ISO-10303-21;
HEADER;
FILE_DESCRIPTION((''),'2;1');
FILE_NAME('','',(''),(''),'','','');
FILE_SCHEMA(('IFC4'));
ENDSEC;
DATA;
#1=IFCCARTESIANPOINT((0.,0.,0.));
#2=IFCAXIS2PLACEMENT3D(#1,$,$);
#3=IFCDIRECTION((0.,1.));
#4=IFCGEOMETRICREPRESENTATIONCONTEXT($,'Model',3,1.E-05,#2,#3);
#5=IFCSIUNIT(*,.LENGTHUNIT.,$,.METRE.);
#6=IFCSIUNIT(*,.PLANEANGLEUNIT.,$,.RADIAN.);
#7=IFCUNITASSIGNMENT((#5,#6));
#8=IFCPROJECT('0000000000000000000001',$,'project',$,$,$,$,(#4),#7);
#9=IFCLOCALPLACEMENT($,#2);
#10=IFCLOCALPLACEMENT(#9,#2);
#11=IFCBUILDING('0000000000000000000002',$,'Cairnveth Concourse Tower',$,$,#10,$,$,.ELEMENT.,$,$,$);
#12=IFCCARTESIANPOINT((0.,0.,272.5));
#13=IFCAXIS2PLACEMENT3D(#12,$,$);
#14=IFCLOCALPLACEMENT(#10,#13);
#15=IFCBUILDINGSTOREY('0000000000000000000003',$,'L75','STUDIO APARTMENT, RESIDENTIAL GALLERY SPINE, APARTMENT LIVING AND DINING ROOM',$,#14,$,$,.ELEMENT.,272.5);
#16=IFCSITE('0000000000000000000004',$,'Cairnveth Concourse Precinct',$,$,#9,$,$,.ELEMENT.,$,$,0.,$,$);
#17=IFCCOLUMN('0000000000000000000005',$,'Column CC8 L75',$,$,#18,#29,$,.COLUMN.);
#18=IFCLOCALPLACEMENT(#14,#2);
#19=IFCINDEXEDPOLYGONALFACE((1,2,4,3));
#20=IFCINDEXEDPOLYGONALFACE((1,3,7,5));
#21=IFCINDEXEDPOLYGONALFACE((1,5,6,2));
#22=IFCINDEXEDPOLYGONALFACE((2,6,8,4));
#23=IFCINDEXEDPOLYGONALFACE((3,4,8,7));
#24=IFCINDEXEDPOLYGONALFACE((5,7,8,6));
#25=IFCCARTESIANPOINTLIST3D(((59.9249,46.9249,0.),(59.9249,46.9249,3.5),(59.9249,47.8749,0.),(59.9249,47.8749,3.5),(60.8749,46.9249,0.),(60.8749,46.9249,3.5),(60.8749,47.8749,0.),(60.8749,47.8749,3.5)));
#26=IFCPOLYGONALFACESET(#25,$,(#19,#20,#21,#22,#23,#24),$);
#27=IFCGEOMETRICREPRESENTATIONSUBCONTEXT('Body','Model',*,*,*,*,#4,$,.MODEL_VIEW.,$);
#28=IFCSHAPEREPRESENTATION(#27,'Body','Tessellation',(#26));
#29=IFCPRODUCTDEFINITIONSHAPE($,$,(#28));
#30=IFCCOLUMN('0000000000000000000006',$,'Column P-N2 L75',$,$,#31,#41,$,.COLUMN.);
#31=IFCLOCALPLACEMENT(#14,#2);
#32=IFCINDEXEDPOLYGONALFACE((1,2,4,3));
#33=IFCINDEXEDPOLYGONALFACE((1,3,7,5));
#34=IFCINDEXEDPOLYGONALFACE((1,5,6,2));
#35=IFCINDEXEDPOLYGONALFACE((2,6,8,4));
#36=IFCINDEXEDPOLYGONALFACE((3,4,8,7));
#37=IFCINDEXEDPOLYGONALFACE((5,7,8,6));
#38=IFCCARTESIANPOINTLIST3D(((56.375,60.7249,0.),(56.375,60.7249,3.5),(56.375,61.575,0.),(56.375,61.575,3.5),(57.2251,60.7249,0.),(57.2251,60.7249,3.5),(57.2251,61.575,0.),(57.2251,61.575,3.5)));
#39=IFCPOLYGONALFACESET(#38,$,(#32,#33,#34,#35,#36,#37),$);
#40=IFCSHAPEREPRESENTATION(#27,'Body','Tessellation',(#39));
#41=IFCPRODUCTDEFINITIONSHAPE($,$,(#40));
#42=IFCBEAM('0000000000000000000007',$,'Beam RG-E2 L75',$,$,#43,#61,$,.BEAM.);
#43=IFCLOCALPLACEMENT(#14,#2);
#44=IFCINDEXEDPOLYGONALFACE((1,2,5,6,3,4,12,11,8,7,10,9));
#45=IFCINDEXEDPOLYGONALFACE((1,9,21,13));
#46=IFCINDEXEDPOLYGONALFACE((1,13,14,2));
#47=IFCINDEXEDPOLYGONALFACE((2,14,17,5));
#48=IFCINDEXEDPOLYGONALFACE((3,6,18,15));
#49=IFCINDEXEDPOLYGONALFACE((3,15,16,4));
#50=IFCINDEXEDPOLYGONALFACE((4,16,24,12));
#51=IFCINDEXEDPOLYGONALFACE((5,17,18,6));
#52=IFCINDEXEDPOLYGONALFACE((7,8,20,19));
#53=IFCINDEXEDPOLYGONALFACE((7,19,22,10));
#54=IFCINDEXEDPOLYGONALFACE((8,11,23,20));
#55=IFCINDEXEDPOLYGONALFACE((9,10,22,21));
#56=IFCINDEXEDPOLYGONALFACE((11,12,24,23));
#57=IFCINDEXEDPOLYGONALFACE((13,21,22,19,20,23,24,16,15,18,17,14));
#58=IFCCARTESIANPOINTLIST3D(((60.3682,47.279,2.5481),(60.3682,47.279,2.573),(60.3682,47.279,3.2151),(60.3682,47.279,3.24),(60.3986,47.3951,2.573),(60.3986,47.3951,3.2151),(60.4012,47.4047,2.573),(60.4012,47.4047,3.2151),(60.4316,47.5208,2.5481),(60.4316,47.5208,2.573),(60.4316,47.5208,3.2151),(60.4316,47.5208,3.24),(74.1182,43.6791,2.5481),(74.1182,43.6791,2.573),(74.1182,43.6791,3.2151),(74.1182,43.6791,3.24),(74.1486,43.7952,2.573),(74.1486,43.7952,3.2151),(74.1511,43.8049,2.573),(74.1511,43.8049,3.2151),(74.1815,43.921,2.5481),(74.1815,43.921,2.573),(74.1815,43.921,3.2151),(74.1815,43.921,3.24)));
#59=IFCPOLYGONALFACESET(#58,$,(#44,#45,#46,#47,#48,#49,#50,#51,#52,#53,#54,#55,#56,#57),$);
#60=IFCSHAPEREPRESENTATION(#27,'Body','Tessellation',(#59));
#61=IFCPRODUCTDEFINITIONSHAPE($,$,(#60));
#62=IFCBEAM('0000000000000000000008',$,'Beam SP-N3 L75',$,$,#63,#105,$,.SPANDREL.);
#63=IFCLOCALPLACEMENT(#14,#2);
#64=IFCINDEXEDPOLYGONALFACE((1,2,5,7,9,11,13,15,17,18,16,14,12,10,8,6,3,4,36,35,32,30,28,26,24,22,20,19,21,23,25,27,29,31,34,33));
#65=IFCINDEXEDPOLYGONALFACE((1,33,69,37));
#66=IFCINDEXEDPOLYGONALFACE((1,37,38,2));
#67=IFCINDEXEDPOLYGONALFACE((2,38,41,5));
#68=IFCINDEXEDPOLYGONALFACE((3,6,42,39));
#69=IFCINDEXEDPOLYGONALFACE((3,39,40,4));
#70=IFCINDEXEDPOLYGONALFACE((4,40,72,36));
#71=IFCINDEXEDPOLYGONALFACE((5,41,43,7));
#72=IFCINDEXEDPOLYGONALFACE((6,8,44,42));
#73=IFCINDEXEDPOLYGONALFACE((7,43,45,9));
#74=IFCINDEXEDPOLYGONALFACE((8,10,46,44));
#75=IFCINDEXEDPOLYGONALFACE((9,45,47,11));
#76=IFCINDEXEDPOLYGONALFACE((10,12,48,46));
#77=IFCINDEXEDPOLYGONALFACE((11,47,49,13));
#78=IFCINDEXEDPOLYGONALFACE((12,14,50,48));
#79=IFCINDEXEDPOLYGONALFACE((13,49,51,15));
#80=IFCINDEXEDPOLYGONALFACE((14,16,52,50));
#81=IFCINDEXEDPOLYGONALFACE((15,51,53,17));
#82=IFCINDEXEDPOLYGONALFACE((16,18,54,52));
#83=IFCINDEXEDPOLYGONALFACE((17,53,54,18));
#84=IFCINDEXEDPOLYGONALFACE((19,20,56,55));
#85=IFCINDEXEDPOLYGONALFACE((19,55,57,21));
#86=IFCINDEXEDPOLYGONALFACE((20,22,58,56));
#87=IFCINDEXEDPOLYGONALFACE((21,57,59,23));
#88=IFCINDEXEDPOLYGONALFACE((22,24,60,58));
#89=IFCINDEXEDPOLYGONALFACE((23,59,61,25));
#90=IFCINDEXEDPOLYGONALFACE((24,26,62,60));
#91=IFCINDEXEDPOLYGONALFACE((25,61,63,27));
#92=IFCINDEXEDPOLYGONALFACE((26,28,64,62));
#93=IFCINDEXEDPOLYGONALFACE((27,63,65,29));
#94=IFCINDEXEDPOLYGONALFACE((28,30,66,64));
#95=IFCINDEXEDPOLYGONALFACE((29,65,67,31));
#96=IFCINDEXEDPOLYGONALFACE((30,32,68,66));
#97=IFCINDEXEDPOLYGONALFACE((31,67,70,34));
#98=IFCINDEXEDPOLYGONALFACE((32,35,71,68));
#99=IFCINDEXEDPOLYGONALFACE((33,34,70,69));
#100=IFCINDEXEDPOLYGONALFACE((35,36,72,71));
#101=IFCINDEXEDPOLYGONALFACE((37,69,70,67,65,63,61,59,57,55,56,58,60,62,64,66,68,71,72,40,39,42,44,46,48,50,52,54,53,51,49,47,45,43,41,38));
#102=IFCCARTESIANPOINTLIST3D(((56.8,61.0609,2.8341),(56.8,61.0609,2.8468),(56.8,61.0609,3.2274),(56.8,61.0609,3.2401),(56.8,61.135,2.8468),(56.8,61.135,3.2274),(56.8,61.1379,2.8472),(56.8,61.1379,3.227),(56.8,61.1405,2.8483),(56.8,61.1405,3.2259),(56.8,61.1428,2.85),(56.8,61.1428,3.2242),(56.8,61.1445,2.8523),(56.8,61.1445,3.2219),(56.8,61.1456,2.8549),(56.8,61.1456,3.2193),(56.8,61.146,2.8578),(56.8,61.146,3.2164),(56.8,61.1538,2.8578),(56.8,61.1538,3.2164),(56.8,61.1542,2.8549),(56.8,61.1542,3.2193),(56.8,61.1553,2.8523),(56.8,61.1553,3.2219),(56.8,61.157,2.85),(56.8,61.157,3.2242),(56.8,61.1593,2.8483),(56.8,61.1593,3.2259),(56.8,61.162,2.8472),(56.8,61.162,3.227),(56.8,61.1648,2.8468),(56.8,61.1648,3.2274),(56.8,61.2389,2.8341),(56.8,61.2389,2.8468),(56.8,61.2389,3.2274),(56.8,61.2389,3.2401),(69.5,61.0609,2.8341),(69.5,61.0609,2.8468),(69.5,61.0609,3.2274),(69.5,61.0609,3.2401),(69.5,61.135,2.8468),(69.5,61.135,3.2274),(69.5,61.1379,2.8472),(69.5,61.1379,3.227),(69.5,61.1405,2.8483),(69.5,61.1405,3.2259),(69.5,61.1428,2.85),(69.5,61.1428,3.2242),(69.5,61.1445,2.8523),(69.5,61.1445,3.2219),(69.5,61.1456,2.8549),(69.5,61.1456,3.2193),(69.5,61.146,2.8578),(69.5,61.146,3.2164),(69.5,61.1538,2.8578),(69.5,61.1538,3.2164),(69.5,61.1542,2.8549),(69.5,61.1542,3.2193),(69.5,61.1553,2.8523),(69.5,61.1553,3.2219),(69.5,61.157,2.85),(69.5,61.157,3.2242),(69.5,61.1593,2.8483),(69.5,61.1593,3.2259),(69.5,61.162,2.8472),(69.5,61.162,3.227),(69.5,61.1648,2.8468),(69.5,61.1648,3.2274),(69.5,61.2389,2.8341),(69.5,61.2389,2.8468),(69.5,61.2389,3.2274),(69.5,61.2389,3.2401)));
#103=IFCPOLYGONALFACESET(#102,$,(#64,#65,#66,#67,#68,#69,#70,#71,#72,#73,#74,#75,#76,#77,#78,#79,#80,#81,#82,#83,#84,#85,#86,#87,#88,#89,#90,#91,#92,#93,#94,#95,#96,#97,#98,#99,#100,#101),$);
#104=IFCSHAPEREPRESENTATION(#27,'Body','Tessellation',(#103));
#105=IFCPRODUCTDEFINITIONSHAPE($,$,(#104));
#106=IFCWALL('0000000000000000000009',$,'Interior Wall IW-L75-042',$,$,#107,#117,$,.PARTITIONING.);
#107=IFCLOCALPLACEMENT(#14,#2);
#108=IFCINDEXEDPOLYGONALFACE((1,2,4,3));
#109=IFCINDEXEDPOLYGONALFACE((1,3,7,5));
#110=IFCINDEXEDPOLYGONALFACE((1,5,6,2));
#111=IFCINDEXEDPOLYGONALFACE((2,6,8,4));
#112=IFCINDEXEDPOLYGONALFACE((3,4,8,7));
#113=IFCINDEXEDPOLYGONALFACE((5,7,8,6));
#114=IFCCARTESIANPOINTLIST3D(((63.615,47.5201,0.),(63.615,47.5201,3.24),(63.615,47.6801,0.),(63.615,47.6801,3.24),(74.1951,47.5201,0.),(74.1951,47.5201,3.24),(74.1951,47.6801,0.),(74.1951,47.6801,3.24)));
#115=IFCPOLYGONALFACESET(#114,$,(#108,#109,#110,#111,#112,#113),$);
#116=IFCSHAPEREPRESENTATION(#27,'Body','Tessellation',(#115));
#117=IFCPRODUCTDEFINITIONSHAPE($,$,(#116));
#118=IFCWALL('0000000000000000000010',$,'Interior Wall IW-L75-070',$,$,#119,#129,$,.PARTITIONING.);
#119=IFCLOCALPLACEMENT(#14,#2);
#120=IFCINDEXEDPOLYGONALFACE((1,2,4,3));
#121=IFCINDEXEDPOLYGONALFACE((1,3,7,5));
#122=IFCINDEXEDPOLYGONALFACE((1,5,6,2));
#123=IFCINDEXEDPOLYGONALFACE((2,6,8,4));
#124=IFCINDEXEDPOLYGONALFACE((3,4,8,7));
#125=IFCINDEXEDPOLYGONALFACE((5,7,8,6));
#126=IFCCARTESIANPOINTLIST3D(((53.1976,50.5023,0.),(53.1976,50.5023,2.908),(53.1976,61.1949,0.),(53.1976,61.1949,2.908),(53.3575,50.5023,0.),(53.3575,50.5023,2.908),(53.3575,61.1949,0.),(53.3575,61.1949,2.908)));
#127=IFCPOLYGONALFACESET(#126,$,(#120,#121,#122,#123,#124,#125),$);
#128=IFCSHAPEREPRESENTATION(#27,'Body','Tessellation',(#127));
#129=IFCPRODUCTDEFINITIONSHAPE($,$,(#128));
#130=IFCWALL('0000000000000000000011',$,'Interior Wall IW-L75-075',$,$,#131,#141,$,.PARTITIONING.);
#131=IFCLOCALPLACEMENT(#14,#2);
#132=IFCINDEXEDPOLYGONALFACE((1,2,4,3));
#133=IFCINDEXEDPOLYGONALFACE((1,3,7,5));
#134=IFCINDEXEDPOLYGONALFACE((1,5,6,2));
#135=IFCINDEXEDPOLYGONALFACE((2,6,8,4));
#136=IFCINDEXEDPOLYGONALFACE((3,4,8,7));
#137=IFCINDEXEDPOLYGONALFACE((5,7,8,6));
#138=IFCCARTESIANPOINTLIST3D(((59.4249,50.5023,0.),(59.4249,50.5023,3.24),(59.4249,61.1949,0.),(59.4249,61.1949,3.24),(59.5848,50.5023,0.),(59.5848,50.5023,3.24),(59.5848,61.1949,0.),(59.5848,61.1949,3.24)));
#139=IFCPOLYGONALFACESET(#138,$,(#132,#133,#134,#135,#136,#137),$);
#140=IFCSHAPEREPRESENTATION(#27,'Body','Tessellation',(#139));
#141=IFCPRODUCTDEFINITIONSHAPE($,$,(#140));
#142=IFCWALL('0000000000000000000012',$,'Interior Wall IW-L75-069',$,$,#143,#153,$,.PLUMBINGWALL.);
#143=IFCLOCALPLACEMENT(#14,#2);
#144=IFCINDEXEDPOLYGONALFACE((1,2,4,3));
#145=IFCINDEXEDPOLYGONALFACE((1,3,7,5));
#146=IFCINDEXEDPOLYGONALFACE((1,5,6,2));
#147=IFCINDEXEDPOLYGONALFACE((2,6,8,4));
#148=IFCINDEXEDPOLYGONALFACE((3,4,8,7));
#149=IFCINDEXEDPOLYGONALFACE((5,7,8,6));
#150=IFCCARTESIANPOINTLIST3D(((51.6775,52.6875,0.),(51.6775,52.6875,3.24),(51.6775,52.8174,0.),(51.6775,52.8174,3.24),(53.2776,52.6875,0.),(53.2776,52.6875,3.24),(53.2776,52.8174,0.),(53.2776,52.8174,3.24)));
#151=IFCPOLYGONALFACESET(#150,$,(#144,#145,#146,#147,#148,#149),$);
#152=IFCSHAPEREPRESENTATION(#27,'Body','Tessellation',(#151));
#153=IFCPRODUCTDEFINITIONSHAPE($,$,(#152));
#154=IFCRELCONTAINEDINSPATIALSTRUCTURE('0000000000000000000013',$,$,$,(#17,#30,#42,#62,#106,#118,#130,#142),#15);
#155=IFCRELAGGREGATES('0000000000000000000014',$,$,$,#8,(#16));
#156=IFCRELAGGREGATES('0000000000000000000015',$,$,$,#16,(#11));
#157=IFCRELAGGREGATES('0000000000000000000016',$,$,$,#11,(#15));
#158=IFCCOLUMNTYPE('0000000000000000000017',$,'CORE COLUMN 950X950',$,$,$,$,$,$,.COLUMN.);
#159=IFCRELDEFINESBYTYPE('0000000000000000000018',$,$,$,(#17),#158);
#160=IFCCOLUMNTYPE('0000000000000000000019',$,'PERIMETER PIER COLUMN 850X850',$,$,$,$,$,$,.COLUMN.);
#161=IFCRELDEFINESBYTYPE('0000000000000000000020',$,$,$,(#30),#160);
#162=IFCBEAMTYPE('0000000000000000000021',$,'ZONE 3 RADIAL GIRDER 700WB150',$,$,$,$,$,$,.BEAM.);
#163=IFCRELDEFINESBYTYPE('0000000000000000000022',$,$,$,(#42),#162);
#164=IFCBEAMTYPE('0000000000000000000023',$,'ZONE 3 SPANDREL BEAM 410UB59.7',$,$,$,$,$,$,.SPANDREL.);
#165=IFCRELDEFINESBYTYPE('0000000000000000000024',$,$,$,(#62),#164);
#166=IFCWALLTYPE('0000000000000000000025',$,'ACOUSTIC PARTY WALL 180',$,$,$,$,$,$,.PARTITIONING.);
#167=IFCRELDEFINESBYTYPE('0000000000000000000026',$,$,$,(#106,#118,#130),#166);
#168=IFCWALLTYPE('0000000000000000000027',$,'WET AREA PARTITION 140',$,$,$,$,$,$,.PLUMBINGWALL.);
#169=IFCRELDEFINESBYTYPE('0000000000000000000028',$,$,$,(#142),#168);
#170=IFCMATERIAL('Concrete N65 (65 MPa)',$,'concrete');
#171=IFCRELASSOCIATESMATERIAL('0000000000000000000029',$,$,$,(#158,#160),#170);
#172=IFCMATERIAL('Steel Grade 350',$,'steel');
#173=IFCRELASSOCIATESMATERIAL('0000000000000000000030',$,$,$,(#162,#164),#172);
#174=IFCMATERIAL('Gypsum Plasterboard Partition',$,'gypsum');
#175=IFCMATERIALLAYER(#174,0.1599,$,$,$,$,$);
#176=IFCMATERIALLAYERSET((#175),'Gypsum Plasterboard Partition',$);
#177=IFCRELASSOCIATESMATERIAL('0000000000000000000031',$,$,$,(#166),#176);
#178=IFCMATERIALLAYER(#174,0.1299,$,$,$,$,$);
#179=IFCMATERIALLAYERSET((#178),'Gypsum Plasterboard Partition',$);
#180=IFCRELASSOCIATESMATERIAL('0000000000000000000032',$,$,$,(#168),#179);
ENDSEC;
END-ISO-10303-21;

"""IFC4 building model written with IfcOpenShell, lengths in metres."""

from ifc_helpers import new_model, si_unit, direction, frame, frame_2d, origin, origin_2d, place, context, subcontext, project, spatial, rectangle, i_section, extrude, material, layer, layer_set, material_profile, profile_set, type_object, element, save


model = new_model("IFC4")

# Units and contexts
model_context = context("Model", 3, precision=1e-05, world=origin(), true_north=direction((0.0, 1.0)))
body_context = subcontext(model_context, "Body", "Model", "MODEL_VIEW")
ifc_project = project(units=[si_unit("LENGTHUNIT", "METRE"), si_unit("PLANEANGLEUNIT", "RADIAN")], contexts=[model_context])

# Site, building, storey
site_placement = place(None, origin())
site = spatial("IfcSite", under=ifc_project, at=site_placement, Name="Cairnveth Concourse Precinct", CompositionType="ELEMENT", RefElevation=0.0)
building_placement = place(site_placement, origin())
building = spatial("IfcBuilding", under=site, at=building_placement, Name="Cairnveth Concourse Tower", CompositionType="ELEMENT")
storey_placement = place(building_placement, frame((0.0, 0.0, 272.5)))
storey = spatial("IfcBuildingStorey", under=building, at=storey_placement, Name="L75", Description="STUDIO APARTMENT, RESIDENTIAL GALLERY SPINE, APARTMENT LIVING AND DINING ROOM", CompositionType="ELEMENT", Elevation=272.5)

# Columns
ifc_material_1 = material(Name="Concrete N65 (65 MPa)", Category="concrete")
ifc_material_profile_1 = material_profile(ifc_material_1, rectangle(XDim=0.95, YDim=0.95, at=origin_2d()), Name="RC-COL-950x950")
ifc_profile_set_1 = profile_set([ifc_material_profile_1], Name="Concrete N65 (65 MPa)")
column_type_1 = type_object("IfcColumnType", Name="CORE COLUMN 950X950", PredefinedType="COLUMN", material=ifc_profile_set_1)
column_1_placement = place(storey_placement, frame((60.3999, 47.3999, 0.0), z_axis=(0.0, 0.0, 1.0), x_axis=(1.0, 0.0, 0.0)))
element("IfcColumn", 1, at=column_1_placement, inside=storey, type_object=column_type_1, Name="Column CC8 L75", PredefinedType="COLUMN", context=body_context, shape_type="SweptSolid", body=[
    extrude(rectangle(XDim=0.95, YDim=0.95, at=origin_2d()), origin(), (0.0, 0.0, 1.0), 3.5),
])
ifc_material_profile_2 = material_profile(ifc_material_1, rectangle(XDim=0.8501, YDim=0.8501, at=origin_2d()), Name="RC-COL-850x850")
ifc_profile_set_2 = profile_set([ifc_material_profile_2], Name="Concrete N65 (65 MPa)")
column_type_2 = type_object("IfcColumnType", Name="PERIMETER PIER COLUMN 850X850", PredefinedType="COLUMN", material=ifc_profile_set_2)
column_2_placement = place(storey_placement, frame((56.8, 61.1499, 0.0), z_axis=(0.0, 0.0, 1.0), x_axis=(1.0, 0.0, 0.0)))
element("IfcColumn", 2, at=column_2_placement, inside=storey, type_object=column_type_2, Name="Column P-N2 L75", PredefinedType="COLUMN", context=body_context, shape_type="SweptSolid", body=[
    extrude(rectangle(XDim=0.8501, YDim=0.8501, at=origin_2d()), origin(), (0.0, 0.0, 1.0), 3.5),
])

# Beams
ifc_material_2 = material(Name="Steel Grade 350", Category="steel")
ifc_material_profile_3 = material_profile(ifc_material_2, i_section(OverallWidth=0.25, OverallDepth=0.6919, WebThickness=0.01, FlangeThickness=0.0249, at=origin_2d()), Name="700WB150")
ifc_profile_set_3 = profile_set([ifc_material_profile_3], Name="Steel Grade 350")
beam_type_1 = type_object("IfcBeamType", Name="ZONE 3 RADIAL GIRDER 700WB150", PredefinedType="BEAM", material=ifc_profile_set_3)
beam_1_placement = place(storey_placement, frame((60.3999, 47.3999, 2.894), z_axis=(0.967395, -0.253271, 0.0), x_axis=(0.253271, 0.967395, 0.0)))
element("IfcBeam", 3, at=beam_1_placement, inside=storey, type_object=beam_type_1, Name="Beam RG-E2 L75", PredefinedType="BEAM", context=body_context, shape_type="SweptSolid", body=[
    extrude(i_section(OverallWidth=0.25, OverallDepth=0.6919, WebThickness=0.01, FlangeThickness=0.0249, at=origin_2d()), origin(), (0.0, 0.0, 1.0), 14.2134),
])
ifc_material_profile_4 = material_profile(ifc_material_2, i_section(OverallWidth=0.178, OverallDepth=0.406, WebThickness=0.0078, FlangeThickness=0.0127, FilletRadius=0.011, at=origin_2d()), Name="410UB59.7")
ifc_profile_set_4 = profile_set([ifc_material_profile_4], Name="Steel Grade 350")
beam_type_2 = type_object("IfcBeamType", Name="ZONE 3 SPANDREL BEAM 410UB59.7", PredefinedType="SPANDREL", material=ifc_profile_set_4)
beam_2_placement = place(storey_placement, frame((56.8, 61.1499, 3.0371), z_axis=(1.0, 0.0, 0.0), x_axis=(0.0, 1.0, 0.0)))
element("IfcBeam", 4, at=beam_2_placement, inside=storey, type_object=beam_type_2, Name="Beam SP-N3 L75", PredefinedType="SPANDREL", context=body_context, shape_type="SweptSolid", body=[
    extrude(i_section(OverallWidth=0.178, OverallDepth=0.406, WebThickness=0.0078, FlangeThickness=0.0127, FilletRadius=0.011, at=origin_2d()), origin(), (0.0, 0.0, 1.0), 12.7),
])

# Walls
ifc_material_3 = material(Name="Gypsum Plasterboard Partition", Category="gypsum")
ifc_layer_1 = layer(ifc_material_3, 0.1599)
ifc_layer_set_1 = layer_set([ifc_layer_1], Name="Gypsum Plasterboard Partition")
wall_type_1 = type_object("IfcWallType", Name="ACOUSTIC PARTY WALL 180", PredefinedType="PARTITIONING", material=ifc_layer_set_1)
wall_1_placement = place(storey_placement, frame((63.615, 47.6001, 0.0), z_axis=(0.0, 0.0, 1.0), x_axis=(1.0, 0.0, 0.0)))
element("IfcWall", 5, at=wall_1_placement, inside=storey, type_object=wall_type_1, Name="Interior Wall IW-L75-042", PredefinedType="PARTITIONING", context=body_context, shape_type="SweptSolid", body=[
    extrude(rectangle(XDim=10.5801, YDim=0.1599, at=frame_2d((5.29, 0.0))), origin(), (0.0, 0.0, 1.0), 3.24),
])
wall_2_placement = place(storey_placement, frame((53.2776, 50.5024, 0.0), z_axis=(0.0, 0.0, 1.0), x_axis=(0.0, 1.0, 0.0)))
element("IfcWall", 6, at=wall_2_placement, inside=storey, type_object=wall_type_1, Name="Interior Wall IW-L75-070", PredefinedType="PARTITIONING", context=body_context, shape_type="SweptSolid", body=[
    extrude(rectangle(XDim=10.6926, YDim=0.1599, at=frame_2d((5.3462, 0.0))), origin(), (0.0, 0.0, 1.0), 2.908),
])
wall_3_placement = place(storey_placement, frame((59.5049, 50.5024, 0.0), z_axis=(0.0, 0.0, 1.0), x_axis=(0.0, 1.0, 0.0)))
element("IfcWall", 7, at=wall_3_placement, inside=storey, type_object=wall_type_1, Name="Interior Wall IW-L75-075", PredefinedType="PARTITIONING", context=body_context, shape_type="SweptSolid", body=[
    extrude(rectangle(XDim=10.6926, YDim=0.1599, at=frame_2d((5.3462, 0.0))), origin(), (0.0, 0.0, 1.0), 3.24),
])
ifc_layer_2 = layer(ifc_material_3, 0.1299)
ifc_layer_set_2 = layer_set([ifc_layer_2], Name="Gypsum Plasterboard Partition")
wall_type_2 = type_object("IfcWallType", Name="WET AREA PARTITION 140", PredefinedType="PLUMBINGWALL", material=ifc_layer_set_2)
wall_4_placement = place(storey_placement, frame((51.6775, 52.7524, 0.0), z_axis=(0.0, 0.0, 1.0), x_axis=(1.0, 0.0, 0.0)))
element("IfcWall", 8, at=wall_4_placement, inside=storey, type_object=wall_type_2, Name="Interior Wall IW-L75-069", PredefinedType="PLUMBINGWALL", context=body_context, shape_type="SweptSolid", body=[
    extrude(rectangle(XDim=1.6001, YDim=0.1299, at=frame_2d((0.8, 0.0))), origin(), (0.0, 0.0, 1.0), 3.24),
])

save(model, "model.ifc")
